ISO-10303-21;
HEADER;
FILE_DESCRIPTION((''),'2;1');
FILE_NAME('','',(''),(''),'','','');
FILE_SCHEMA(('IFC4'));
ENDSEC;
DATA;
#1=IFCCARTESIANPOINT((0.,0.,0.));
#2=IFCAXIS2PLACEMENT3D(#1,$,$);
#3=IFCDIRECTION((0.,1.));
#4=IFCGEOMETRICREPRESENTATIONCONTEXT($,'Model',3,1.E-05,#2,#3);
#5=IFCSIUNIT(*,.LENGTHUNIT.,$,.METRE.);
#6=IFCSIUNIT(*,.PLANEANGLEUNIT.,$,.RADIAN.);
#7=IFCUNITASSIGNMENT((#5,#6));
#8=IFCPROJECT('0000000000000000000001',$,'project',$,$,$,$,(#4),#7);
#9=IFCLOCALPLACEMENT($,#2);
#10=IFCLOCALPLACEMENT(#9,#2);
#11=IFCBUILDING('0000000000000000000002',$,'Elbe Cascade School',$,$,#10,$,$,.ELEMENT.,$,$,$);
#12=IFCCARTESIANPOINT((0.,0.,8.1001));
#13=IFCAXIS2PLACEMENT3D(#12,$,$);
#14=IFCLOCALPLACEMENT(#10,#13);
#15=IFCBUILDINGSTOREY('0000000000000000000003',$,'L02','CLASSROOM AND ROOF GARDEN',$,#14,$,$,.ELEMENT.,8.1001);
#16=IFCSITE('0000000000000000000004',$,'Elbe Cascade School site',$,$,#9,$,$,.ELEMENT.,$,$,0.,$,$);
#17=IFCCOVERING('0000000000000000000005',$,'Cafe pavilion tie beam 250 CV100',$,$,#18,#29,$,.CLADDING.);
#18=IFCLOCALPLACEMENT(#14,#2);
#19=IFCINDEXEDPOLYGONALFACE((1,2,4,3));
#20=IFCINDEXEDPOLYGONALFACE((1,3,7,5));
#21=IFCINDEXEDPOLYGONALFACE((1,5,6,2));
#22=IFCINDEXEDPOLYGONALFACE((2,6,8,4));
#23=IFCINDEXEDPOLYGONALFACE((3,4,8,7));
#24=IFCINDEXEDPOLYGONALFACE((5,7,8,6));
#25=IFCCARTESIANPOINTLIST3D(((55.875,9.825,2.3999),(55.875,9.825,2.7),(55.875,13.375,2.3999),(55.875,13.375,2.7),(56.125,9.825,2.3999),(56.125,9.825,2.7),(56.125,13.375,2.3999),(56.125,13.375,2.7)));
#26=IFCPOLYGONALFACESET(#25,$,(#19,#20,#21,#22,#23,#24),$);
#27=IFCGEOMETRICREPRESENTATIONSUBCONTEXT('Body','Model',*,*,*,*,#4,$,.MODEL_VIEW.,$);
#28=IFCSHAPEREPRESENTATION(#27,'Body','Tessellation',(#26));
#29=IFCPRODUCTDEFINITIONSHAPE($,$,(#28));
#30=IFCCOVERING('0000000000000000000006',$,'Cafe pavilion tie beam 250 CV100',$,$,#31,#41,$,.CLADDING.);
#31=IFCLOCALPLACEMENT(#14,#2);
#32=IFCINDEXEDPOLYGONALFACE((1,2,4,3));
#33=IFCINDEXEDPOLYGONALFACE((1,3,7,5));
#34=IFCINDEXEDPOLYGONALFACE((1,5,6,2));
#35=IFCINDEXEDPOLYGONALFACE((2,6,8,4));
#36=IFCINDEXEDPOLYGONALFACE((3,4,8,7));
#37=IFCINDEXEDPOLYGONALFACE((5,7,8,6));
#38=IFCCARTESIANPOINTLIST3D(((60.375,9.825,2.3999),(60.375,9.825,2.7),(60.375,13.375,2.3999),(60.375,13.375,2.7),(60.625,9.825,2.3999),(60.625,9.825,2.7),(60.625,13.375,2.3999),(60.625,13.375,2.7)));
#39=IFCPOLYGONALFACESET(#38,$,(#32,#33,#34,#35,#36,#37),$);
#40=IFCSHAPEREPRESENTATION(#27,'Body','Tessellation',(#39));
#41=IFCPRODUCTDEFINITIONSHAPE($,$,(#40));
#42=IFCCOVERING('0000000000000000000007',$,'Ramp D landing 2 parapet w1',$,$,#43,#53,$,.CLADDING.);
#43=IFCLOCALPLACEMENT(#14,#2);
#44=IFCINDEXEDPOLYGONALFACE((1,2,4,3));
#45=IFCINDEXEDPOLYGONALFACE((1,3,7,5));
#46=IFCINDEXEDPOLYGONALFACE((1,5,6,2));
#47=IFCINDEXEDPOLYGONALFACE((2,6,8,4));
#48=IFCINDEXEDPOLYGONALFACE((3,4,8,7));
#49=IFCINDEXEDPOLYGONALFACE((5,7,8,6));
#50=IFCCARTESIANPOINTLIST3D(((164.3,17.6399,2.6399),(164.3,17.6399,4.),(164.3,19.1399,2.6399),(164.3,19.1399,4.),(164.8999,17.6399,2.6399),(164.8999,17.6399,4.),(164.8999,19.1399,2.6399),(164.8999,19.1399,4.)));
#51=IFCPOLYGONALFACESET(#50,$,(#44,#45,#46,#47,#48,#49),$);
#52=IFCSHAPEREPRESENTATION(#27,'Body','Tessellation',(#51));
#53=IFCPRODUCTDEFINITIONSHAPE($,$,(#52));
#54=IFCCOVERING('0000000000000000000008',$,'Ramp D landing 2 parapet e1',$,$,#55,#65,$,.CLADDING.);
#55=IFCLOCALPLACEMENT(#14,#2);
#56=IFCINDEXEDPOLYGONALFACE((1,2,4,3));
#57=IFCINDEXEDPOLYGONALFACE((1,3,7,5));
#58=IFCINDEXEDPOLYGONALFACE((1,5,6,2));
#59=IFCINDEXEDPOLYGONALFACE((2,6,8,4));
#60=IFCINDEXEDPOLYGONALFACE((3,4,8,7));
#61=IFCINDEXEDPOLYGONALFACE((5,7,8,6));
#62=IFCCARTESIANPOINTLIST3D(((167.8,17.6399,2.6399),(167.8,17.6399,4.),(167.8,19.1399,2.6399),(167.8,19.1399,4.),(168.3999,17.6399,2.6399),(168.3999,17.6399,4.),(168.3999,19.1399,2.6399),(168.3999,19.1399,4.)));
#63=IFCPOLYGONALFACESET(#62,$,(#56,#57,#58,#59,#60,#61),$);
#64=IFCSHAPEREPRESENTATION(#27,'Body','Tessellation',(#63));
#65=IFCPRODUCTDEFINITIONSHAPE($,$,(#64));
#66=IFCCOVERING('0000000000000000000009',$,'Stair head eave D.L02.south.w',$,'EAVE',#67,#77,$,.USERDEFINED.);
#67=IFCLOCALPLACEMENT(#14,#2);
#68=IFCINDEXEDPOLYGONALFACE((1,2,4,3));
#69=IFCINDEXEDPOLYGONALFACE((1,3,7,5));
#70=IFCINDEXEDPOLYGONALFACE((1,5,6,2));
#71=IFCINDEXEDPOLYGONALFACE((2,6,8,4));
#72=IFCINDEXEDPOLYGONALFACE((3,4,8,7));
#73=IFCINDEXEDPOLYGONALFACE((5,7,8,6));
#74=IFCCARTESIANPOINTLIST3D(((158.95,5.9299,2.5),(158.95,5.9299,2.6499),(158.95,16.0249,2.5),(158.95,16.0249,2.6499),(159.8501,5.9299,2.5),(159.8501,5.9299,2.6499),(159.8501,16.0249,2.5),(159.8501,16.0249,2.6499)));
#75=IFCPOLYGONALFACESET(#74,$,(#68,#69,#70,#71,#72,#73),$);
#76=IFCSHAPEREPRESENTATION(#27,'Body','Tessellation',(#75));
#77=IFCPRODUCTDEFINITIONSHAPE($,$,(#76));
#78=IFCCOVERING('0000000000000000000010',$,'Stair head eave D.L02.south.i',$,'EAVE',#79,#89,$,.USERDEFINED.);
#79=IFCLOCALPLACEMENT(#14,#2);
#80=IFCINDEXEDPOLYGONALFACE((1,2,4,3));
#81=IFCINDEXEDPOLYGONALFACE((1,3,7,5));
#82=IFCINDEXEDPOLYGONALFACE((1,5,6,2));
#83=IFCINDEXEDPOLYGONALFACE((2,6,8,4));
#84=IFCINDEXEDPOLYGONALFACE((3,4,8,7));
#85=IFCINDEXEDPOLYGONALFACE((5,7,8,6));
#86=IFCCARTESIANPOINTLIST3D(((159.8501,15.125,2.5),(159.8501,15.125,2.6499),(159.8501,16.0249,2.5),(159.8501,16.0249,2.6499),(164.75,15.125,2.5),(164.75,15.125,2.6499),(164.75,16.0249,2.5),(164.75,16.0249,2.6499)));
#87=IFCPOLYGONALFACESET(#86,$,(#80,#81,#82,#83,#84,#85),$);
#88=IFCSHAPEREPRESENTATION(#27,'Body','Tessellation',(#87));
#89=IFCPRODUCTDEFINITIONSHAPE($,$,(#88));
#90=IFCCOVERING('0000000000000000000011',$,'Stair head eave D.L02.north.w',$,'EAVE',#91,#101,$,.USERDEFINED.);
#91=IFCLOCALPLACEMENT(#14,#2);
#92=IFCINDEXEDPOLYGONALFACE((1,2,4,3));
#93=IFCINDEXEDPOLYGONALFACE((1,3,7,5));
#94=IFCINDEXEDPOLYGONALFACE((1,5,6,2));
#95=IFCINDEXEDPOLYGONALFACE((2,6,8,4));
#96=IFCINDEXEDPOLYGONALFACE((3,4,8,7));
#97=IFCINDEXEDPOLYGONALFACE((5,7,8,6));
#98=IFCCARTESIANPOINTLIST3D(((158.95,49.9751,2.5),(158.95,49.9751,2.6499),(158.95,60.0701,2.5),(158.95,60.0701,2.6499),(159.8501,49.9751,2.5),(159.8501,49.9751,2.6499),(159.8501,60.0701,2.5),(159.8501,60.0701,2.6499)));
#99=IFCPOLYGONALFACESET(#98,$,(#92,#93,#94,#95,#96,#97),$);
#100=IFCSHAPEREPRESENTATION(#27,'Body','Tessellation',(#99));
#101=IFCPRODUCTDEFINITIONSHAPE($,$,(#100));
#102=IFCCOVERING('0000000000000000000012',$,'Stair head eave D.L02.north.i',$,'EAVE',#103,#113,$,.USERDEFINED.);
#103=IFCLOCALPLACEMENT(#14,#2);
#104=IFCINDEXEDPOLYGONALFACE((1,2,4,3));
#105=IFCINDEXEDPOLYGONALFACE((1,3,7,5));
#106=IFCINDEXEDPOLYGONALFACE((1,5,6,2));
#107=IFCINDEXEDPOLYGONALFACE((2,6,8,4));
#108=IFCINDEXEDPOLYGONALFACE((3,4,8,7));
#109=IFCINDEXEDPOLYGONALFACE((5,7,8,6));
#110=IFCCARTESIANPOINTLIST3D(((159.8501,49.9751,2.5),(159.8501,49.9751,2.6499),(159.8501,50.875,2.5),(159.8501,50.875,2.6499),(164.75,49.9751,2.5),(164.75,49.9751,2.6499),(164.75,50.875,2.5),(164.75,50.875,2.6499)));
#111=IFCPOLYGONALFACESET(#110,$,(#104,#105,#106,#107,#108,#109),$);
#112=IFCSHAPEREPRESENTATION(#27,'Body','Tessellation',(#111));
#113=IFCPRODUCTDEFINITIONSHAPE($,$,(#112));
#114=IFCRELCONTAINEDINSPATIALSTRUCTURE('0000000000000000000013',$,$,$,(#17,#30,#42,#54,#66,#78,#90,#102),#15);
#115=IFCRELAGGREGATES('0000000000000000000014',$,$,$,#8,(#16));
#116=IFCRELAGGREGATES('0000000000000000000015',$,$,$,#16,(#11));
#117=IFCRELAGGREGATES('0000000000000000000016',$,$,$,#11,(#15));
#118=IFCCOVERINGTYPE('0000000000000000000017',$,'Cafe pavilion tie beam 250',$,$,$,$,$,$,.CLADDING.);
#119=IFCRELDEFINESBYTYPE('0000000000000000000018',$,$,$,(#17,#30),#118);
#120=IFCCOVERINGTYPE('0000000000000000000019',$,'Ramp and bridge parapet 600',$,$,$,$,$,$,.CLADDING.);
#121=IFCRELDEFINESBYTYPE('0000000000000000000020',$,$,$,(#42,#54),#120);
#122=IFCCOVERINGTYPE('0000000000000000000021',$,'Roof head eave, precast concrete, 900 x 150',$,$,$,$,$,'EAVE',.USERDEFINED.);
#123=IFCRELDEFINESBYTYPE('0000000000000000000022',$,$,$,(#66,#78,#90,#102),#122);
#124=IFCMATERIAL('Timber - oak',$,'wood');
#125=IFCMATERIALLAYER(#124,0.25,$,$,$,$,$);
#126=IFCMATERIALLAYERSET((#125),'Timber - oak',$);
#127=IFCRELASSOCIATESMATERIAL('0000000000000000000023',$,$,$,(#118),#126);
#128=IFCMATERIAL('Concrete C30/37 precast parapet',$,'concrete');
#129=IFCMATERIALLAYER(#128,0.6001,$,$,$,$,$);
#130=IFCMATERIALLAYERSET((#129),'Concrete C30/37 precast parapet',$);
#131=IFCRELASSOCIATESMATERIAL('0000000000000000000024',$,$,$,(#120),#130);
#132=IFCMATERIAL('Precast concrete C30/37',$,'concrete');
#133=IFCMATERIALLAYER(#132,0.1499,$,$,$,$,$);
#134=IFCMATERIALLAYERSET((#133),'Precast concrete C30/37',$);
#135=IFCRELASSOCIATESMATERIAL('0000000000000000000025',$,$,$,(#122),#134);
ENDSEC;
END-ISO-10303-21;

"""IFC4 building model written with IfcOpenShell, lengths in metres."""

from ifc_helpers import new_model, si_unit, direction, frame, origin, place, context, subcontext, project, spatial, polyline, outline, extrude, material, layer, layer_set, type_object, element, save


model = new_model("IFC4")

# Units and contexts
model_context = context("Model", 3, precision=1e-05, world=origin(), true_north=direction((0.0, 1.0)))
body_context = subcontext(model_context, "Body", "Model", "MODEL_VIEW")
ifc_project = project(units=[si_unit("LENGTHUNIT", "METRE"), si_unit("PLANEANGLEUNIT", "RADIAN")], contexts=[model_context])

# Site, building, storey
site_placement = place(None, origin())
site = spatial("IfcSite", under=ifc_project, at=site_placement, Name="Elbe Cascade School site", CompositionType="ELEMENT", RefElevation=0.0)
building_placement = place(site_placement, origin())
building = spatial("IfcBuilding", under=site, at=building_placement, Name="Elbe Cascade School", CompositionType="ELEMENT")
storey_placement = place(building_placement, frame((0.0, 0.0, 8.1001)))
storey = spatial("IfcBuildingStorey", under=building, at=storey_placement, Name="L02", Description="CLASSROOM AND ROOF GARDEN", CompositionType="ELEMENT", Elevation=8.1001)

# Coverings
ifc_material_1 = material(Name="Timber - oak", Category="wood")
ifc_layer_1 = layer(ifc_material_1, 0.25)
ifc_layer_set_1 = layer_set([ifc_layer_1], Name="Timber - oak")
covering_type_1 = type_object("IfcCoveringType", Name="Cafe pavilion tie beam 250", PredefinedType="CLADDING", material=ifc_layer_set_1)
covering_1_placement = place(storey_placement, frame((0.0, 0.0, 2.3999)))
element("IfcCovering", 1, at=covering_1_placement, inside=storey, type_object=covering_type_1, Name="Cafe pavilion tie beam 250 CV100", PredefinedType="CLADDING", context=body_context, shape_type="SweptSolid", body=[
    extrude(outline(polyline([(55.875, 9.825), (56.125, 9.825), (56.125, 13.375), (55.875, 13.375), (55.875, 9.825)])), origin(), (0.0, 0.0, 1.0), 0.3),
])
covering_2_placement = place(storey_placement, frame((0.0, 0.0, 2.3999)))
element("IfcCovering", 2, at=covering_2_placement, inside=storey, type_object=covering_type_1, Name="Cafe pavilion tie beam 250 CV100", PredefinedType="CLADDING", context=body_context, shape_type="SweptSolid", body=[
    extrude(outline(polyline([(60.375, 9.825), (60.625, 9.825), (60.625, 13.375), (60.375, 13.375), (60.375, 9.825)])), origin(), (0.0, 0.0, 1.0), 0.3),
])
ifc_material_2 = material(Name="Concrete C30/37 precast parapet", Category="concrete")
ifc_layer_2 = layer(ifc_material_2, 0.6001)
ifc_layer_set_2 = layer_set([ifc_layer_2], Name="Concrete C30/37 precast parapet")
covering_type_2 = type_object("IfcCoveringType", Name="Ramp and bridge parapet 600", PredefinedType="CLADDING", material=ifc_layer_set_2)
covering_3_placement = place(storey_placement, frame((0.0, 0.0, 2.6399)))
element("IfcCovering", 3, at=covering_3_placement, inside=storey, type_object=covering_type_2, Name="Ramp D landing 2 parapet w1", PredefinedType="CLADDING", context=body_context, shape_type="SweptSolid", body=[
    extrude(outline(polyline([(164.3, 17.6399), (164.8999, 17.6399), (164.8999, 19.1399), (164.3, 19.1399), (164.3, 17.6399)])), origin(), (0.0, 0.0, 1.0), 1.3601),
])
covering_4_placement = place(storey_placement, frame((0.0, 0.0, 2.6399)))
element("IfcCovering", 4, at=covering_4_placement, inside=storey, type_object=covering_type_2, Name="Ramp D landing 2 parapet e1", PredefinedType="CLADDING", context=body_context, shape_type="SweptSolid", body=[
    extrude(outline(polyline([(167.8, 17.6399), (168.3999, 17.6399), (168.3999, 19.1399), (167.8, 19.1399), (167.8, 17.6399)])), origin(), (0.0, 0.0, 1.0), 1.3601),
])
ifc_material_3 = material(Name="Precast concrete C30/37", Category="concrete")
ifc_layer_3 = layer(ifc_material_3, 0.1499)
ifc_layer_set_3 = layer_set([ifc_layer_3], Name="Precast concrete C30/37")
covering_type_3 = type_object("IfcCoveringType", Name="Roof head eave, precast concrete, 900 x 150", ElementType="EAVE", PredefinedType="USERDEFINED", material=ifc_layer_set_3)
covering_5_placement = place(storey_placement, frame((0.0, 0.0, 2.5)))
element("IfcCovering", 5, at=covering_5_placement, inside=storey, type_object=covering_type_3, Name="Stair head eave D.L02.south.w", ObjectType="EAVE", PredefinedType="USERDEFINED", context=body_context, shape_type="SweptSolid", body=[
    extrude(outline(polyline([(158.95, 5.9299), (159.8501, 5.9299), (159.8501, 16.0249), (158.95, 16.0249), (158.95, 5.9299)])), origin(), (0.0, 0.0, 1.0), 0.1499),
])
covering_6_placement = place(storey_placement, frame((0.0, 0.0, 2.5)))
element("IfcCovering", 6, at=covering_6_placement, inside=storey, type_object=covering_type_3, Name="Stair head eave D.L02.south.i", ObjectType="EAVE", PredefinedType="USERDEFINED", context=body_context, shape_type="SweptSolid", body=[
    extrude(outline(polyline([(159.8501, 15.125), (164.75, 15.125), (164.75, 16.0249), (159.8501, 16.0249), (159.8501, 15.125)])), origin(), (0.0, 0.0, 1.0), 0.1499),
])
covering_7_placement = place(storey_placement, frame((0.0, 0.0, 2.5)))
element("IfcCovering", 7, at=covering_7_placement, inside=storey, type_object=covering_type_3, Name="Stair head eave D.L02.north.w", ObjectType="EAVE", PredefinedType="USERDEFINED", context=body_context, shape_type="SweptSolid", body=[
    extrude(outline(polyline([(158.95, 49.9751), (159.8501, 49.9751), (159.8501, 60.0701), (158.95, 60.0701), (158.95, 49.9751)])), origin(), (0.0, 0.0, 1.0), 0.1499),
])
covering_8_placement = place(storey_placement, frame((0.0, 0.0, 2.5)))
element("IfcCovering", 8, at=covering_8_placement, inside=storey, type_object=covering_type_3, Name="Stair head eave D.L02.north.i", ObjectType="EAVE", PredefinedType="USERDEFINED", context=body_context, shape_type="SweptSolid", body=[
    extrude(outline(polyline([(159.8501, 49.9751), (164.75, 49.9751), (164.75, 50.875), (159.8501, 50.875), (159.8501, 49.9751)])), origin(), (0.0, 0.0, 1.0), 0.1499),
])

save(model, "model.ifc")
